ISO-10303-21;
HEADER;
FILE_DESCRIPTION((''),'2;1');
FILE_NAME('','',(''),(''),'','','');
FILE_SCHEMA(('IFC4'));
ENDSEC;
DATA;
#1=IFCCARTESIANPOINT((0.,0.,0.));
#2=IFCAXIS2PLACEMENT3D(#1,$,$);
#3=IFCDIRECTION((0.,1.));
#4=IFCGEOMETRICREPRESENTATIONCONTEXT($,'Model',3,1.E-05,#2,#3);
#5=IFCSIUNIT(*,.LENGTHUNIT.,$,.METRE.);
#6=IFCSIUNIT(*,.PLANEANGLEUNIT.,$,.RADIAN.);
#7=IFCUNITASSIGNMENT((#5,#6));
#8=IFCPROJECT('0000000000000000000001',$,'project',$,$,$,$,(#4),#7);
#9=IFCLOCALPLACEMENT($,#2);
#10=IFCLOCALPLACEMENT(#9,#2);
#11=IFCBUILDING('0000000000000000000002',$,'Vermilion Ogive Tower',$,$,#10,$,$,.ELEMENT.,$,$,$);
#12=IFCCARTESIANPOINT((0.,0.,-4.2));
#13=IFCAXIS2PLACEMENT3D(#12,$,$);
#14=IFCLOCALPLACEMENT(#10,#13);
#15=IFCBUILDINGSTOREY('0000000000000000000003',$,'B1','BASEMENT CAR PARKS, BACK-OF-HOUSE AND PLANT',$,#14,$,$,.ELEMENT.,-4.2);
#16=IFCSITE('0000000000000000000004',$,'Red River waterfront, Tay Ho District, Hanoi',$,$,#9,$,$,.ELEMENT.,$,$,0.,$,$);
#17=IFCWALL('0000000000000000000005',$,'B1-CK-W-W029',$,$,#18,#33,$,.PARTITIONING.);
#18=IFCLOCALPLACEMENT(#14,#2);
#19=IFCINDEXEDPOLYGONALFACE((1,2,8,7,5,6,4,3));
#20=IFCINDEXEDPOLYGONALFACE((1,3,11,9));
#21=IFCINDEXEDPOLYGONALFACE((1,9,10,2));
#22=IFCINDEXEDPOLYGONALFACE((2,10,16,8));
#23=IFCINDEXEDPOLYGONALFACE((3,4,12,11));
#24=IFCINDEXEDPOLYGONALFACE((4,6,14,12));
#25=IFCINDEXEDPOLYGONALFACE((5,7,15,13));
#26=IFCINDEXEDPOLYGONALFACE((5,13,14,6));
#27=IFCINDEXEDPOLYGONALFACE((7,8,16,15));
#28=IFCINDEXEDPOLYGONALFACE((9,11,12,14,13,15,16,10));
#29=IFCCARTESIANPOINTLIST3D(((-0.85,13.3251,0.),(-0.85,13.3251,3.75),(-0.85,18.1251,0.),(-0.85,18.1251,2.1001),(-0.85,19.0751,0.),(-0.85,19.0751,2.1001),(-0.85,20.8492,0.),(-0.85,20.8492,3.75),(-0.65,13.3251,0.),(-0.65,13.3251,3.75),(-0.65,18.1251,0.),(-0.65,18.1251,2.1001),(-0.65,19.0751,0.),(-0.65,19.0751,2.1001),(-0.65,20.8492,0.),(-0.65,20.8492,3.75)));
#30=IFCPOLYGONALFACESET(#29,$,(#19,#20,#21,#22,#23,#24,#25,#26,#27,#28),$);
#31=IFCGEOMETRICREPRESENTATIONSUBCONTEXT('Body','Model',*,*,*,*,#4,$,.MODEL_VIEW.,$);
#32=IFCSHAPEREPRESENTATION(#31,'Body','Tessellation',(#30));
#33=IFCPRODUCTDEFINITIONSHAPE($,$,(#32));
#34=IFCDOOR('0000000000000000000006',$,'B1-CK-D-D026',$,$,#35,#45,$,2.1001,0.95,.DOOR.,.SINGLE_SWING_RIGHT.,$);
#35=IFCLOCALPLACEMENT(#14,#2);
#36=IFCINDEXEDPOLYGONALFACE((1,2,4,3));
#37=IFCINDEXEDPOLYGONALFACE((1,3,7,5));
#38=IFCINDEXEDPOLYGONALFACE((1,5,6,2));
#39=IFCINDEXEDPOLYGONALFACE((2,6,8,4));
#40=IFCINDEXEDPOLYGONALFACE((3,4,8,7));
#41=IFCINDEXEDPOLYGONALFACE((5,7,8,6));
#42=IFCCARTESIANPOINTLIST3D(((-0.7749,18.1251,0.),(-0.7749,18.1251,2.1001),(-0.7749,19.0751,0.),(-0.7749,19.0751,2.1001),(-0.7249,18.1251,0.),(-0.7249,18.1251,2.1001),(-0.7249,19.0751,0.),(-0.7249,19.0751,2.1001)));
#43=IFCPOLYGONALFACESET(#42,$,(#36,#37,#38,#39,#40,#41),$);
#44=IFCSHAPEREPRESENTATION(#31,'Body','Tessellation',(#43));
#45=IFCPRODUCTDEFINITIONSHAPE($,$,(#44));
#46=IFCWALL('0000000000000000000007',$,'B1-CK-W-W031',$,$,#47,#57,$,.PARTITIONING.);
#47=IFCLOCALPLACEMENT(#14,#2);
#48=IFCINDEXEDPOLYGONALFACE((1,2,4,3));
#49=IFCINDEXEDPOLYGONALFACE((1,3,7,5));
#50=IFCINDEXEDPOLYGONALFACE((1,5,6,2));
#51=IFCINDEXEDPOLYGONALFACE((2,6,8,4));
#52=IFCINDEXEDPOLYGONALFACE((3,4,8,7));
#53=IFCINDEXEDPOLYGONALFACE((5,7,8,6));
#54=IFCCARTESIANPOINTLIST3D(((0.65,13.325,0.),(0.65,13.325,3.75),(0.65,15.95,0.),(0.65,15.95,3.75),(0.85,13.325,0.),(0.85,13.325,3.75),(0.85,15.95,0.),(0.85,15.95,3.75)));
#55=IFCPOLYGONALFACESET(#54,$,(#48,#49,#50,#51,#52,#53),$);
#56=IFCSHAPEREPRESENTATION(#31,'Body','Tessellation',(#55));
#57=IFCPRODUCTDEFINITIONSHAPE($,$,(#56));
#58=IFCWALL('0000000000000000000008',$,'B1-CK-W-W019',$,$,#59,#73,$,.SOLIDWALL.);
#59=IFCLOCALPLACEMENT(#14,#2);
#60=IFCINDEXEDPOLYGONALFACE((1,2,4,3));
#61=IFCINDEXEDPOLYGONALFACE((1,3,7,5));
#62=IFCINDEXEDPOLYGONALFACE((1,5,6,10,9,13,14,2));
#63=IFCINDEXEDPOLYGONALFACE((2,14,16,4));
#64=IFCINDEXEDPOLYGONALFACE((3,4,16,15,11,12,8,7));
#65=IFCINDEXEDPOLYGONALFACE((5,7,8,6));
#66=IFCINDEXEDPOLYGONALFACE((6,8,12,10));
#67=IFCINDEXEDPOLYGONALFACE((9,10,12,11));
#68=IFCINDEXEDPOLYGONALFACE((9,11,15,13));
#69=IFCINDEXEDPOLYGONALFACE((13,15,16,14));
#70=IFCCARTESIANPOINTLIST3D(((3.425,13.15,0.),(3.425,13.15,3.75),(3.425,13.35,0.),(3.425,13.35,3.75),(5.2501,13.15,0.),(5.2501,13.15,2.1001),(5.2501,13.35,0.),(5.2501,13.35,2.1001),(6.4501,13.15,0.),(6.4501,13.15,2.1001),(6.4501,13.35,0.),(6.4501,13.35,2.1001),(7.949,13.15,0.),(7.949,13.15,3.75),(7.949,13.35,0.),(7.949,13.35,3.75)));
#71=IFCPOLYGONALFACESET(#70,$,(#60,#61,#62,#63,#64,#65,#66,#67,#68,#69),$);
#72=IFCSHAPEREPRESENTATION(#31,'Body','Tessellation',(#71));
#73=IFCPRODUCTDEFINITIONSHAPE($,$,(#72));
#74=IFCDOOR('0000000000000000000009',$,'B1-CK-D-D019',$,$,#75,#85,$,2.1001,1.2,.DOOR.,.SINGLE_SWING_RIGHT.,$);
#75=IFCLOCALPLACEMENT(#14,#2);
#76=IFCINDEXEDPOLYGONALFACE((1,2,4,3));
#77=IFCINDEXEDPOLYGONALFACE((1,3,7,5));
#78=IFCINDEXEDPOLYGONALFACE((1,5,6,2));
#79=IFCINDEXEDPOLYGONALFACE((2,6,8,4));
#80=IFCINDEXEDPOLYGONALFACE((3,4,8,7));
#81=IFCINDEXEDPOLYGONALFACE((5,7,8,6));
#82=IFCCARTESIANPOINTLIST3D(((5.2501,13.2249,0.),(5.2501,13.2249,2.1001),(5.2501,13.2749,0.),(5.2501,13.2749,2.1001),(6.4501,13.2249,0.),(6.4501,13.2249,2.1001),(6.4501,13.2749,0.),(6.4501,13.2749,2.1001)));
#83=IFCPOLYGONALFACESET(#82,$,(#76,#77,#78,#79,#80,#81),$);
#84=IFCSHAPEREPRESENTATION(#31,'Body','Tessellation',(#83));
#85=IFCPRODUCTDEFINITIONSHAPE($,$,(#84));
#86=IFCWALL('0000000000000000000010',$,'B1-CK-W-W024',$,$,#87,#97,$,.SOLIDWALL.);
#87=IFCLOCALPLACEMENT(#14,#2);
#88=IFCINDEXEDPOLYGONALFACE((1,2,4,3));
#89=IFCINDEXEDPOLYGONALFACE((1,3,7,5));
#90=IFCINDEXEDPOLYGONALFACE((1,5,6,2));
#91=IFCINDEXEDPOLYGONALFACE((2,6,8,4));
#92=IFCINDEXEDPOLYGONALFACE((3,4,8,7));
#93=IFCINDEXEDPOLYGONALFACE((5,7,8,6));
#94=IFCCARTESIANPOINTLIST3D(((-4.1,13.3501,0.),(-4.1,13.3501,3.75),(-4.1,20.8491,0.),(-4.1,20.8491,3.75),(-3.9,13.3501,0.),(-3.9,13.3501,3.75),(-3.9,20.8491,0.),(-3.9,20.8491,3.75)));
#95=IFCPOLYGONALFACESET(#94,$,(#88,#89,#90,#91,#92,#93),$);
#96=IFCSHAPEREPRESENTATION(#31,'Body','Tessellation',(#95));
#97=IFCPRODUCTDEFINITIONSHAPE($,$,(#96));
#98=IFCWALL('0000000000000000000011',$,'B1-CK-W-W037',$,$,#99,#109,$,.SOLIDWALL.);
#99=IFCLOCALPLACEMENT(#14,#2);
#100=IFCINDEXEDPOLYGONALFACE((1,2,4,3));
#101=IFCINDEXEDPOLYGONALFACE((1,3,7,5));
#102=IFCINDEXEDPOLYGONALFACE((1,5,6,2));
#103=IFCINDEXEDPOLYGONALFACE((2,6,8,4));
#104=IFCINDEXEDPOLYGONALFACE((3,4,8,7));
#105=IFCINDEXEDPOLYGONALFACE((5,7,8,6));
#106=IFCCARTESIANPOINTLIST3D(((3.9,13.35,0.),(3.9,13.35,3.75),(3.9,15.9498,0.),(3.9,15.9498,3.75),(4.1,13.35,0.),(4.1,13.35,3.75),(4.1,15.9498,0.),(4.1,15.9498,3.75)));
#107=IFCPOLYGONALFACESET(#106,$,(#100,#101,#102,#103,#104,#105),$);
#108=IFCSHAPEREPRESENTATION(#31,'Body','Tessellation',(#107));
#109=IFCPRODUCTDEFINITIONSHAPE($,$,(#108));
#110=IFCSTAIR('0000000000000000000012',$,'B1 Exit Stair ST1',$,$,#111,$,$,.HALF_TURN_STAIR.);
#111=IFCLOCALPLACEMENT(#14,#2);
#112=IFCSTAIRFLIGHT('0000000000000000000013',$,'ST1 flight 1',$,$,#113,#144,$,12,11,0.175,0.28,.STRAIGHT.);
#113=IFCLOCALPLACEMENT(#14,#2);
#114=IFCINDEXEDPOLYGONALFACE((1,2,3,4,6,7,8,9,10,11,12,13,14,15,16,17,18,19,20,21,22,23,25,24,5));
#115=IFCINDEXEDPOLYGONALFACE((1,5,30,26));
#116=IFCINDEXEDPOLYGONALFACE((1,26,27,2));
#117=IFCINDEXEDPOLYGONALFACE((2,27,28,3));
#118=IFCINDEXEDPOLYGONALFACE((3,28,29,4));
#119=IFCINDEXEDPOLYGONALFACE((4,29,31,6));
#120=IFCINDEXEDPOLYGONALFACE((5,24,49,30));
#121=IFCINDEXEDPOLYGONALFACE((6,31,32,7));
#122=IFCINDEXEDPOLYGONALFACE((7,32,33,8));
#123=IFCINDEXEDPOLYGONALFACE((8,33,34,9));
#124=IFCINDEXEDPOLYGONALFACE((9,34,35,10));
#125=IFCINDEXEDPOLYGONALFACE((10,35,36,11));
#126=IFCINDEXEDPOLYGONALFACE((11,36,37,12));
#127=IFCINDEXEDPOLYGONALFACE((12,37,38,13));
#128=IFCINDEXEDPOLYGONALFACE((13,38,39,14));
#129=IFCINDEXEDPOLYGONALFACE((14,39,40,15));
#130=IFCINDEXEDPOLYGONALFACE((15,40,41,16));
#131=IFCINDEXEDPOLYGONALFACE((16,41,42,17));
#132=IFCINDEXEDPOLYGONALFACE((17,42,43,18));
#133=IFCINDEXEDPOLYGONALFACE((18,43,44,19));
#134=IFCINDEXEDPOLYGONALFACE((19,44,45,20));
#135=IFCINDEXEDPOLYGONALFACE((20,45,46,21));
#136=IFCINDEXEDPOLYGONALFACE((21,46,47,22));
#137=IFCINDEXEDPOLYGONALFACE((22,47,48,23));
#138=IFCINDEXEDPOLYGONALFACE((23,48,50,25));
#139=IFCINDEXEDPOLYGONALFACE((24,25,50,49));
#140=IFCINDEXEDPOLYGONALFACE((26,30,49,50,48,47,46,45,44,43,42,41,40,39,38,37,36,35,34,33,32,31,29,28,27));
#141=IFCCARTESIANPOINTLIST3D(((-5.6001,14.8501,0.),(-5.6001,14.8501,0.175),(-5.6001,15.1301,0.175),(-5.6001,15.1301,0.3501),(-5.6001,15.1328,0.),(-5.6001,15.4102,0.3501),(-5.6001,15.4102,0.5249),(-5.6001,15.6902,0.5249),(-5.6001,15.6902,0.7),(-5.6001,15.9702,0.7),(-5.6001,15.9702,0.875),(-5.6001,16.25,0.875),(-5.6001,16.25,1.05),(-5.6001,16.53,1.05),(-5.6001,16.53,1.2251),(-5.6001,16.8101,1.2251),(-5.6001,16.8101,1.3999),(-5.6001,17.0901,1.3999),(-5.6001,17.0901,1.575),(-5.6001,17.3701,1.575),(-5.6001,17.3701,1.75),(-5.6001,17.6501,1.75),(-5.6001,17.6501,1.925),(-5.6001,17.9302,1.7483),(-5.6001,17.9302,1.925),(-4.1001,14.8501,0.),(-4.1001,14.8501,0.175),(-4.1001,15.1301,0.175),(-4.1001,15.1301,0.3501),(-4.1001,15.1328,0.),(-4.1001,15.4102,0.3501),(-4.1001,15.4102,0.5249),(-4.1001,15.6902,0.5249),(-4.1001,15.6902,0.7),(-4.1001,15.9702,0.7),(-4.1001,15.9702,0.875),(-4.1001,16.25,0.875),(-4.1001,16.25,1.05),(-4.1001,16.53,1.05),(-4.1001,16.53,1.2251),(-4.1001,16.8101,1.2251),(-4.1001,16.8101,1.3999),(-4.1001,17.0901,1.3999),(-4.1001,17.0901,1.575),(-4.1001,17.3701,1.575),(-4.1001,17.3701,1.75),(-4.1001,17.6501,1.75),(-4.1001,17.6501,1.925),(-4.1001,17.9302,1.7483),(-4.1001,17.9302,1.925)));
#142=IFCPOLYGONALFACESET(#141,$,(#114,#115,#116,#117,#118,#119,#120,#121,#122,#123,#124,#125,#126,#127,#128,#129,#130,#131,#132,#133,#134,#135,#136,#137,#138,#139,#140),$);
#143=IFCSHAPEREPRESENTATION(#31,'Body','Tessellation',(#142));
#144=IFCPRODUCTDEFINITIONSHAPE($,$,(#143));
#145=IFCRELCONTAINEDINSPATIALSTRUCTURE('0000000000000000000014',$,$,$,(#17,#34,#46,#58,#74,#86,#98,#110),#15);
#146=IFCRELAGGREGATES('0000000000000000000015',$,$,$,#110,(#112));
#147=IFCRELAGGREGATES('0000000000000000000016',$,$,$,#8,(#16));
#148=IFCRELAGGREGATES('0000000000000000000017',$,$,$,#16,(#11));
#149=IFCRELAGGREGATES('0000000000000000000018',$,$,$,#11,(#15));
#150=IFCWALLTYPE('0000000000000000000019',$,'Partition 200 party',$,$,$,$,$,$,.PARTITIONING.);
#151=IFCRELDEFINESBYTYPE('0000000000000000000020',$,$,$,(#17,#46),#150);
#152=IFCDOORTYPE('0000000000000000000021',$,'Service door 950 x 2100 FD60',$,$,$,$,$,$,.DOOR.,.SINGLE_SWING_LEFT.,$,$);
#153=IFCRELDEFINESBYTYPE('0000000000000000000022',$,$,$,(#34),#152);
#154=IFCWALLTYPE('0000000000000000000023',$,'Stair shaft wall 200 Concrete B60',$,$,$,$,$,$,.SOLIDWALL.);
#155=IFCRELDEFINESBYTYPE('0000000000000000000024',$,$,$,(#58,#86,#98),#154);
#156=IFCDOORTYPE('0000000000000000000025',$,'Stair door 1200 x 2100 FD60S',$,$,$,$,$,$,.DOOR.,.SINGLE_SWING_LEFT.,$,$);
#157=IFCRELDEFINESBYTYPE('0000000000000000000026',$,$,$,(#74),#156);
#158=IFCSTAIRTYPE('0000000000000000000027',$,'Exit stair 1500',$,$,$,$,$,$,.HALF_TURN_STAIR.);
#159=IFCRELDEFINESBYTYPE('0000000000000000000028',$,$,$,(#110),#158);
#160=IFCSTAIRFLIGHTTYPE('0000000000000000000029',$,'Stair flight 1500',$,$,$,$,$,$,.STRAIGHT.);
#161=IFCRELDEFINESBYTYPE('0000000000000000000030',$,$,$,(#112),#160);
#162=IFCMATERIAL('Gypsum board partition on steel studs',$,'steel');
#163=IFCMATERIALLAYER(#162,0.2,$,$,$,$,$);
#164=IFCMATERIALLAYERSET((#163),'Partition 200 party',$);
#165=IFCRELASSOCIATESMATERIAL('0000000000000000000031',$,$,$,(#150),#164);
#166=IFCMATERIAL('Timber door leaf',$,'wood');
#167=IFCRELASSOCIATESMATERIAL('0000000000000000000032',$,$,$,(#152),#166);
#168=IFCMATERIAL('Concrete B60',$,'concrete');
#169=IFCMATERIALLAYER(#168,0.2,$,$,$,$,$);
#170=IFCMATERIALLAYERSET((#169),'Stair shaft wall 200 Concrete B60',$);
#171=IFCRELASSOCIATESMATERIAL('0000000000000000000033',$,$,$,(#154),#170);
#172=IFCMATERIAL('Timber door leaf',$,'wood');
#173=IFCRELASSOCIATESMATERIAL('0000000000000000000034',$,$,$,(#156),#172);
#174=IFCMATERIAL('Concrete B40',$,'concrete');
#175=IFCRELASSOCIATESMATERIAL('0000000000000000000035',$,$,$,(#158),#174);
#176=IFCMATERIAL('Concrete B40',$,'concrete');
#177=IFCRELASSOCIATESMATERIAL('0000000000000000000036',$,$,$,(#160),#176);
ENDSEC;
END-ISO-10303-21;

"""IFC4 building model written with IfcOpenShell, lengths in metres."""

from ifc_helpers import new_model, si_unit, direction, frame, frame_2d, origin, place, context, subcontext, project, spatial, polyline, rectangle, outline, extrude, material, layer, layer_set, type_object, element, fill, aggregate, save


model = new_model("IFC4")

# Units and contexts
model_context = context("Model", 3, precision=1e-05, world=origin(), true_north=direction((0.0, 1.0)))
body_context = subcontext(model_context, "Body", "Model", "MODEL_VIEW")
ifc_project = project(units=[si_unit("LENGTHUNIT", "METRE"), si_unit("PLANEANGLEUNIT", "RADIAN")], contexts=[model_context])

# Site, building, storey
site_placement = place(None, origin())
site = spatial("IfcSite", under=ifc_project, at=site_placement, Name="Red River waterfront, Tay Ho District, Hanoi", CompositionType="ELEMENT", RefElevation=0.0)
building_placement = place(site_placement, origin())
building = spatial("IfcBuilding", under=site, at=building_placement, Name="Vermilion Ogive Tower", CompositionType="ELEMENT")
storey_placement = place(building_placement, frame((0.0, 0.0, -4.2)))
storey = spatial("IfcBuildingStorey", under=building, at=storey_placement, Name="B1", Description="BASEMENT CAR PARKS, BACK-OF-HOUSE AND PLANT", CompositionType="ELEMENT", Elevation=-4.2)

# Wall, opening, door
ifc_material_1 = material(Name="Gypsum board partition on steel studs", Category="steel")
ifc_layer_1 = layer(ifc_material_1, 0.2)
ifc_layer_set_1 = layer_set([ifc_layer_1], Name="Partition 200 party")
wall_type_1 = type_object("IfcWallType", Name="Partition 200 party", PredefinedType="PARTITIONING", material=ifc_layer_set_1)
wall_1_placement = place(storey_placement, frame((-0.75, 13.325, 0.0), z_axis=(0.0, 0.0, 1.0), x_axis=(0.0, 1.0, 0.0)))
wall_1 = element("IfcWall", 1, at=wall_1_placement, inside=storey, type_object=wall_type_1, Name="B1-CK-W-W029", PredefinedType="PARTITIONING", context=body_context, shape_type="SweptSolid", body=[
    extrude(rectangle(XDim=7.5242, YDim=0.2, at=frame_2d((3.7622, 0.0))), origin(), (0.0, 0.0, 1.0), 3.75),
])
opening_1_placement = place(wall_1_placement, frame((4.8, 0.0, 0.0)))
opening_1 = element("IfcOpeningElement", 2, at=opening_1_placement, cuts=wall_1, PredefinedType="OPENING", context=body_context, shape_type="SweptSolid", body=[
    extrude(rectangle(XDim=0.95, YDim=2.1001, at=frame_2d((0.4751, 1.05))), frame((0.0, 0.1099, 0.0), z_axis=(0.0, -1.0, 0.0), x_axis=(1.0, 0.0, 0.0)), (0.0, 0.0, 1.0), 0.22),
])
ifc_material_2 = material(Name="Timber door leaf", Category="wood")
door_type_1 = type_object("IfcDoorType", Name="Service door 950 x 2100 FD60", OperationType="SINGLE_SWING_LEFT", PredefinedType="DOOR", material=ifc_material_2)
door_1_placement = place(opening_1_placement, origin())
door_1 = element("IfcDoor", 3, at=door_1_placement, inside=storey, type_object=door_type_1, Name="B1-CK-D-D026", OperationType="SINGLE_SWING_RIGHT", OverallHeight=2.1001, OverallWidth=0.95, PredefinedType="DOOR", context=body_context, shape_type="SweptSolid", body=[
    extrude(rectangle(XDim=0.95, YDim=2.1001, at=frame_2d((0.4751, 1.05))), frame((0.0, 0.0249, 0.0), z_axis=(0.0, -1.0, 0.0), x_axis=(1.0, 0.0, 0.0)), (0.0, 0.0, 1.0), 0.05),
])
fill(opening_1, door_1)

# Wall
wall_2_placement = place(storey_placement, frame((0.75, 13.325, 0.0), z_axis=(0.0, 0.0, 1.0), x_axis=(0.0, 1.0, 0.0)))
element("IfcWall", 4, at=wall_2_placement, inside=storey, type_object=wall_type_1, Name="B1-CK-W-W031", PredefinedType="PARTITIONING", context=body_context, shape_type="SweptSolid", body=[
    extrude(rectangle(XDim=2.625, YDim=0.2, at=frame_2d((1.3125, 0.0))), origin(), (0.0, 0.0, 1.0), 3.75),
])

# Wall, opening, door
ifc_material_3 = material(Name="Concrete B60", Category="concrete")
ifc_layer_2 = layer(ifc_material_3, 0.2)
ifc_layer_set_2 = layer_set([ifc_layer_2], Name="Stair shaft wall 200 Concrete B60")
wall_type_2 = type_object("IfcWallType", Name="Stair shaft wall 200 Concrete B60", PredefinedType="SOLIDWALL", material=ifc_layer_set_2)
wall_3_placement = place(storey_placement, frame((3.425, 13.25, 0.0), z_axis=(0.0, 0.0, 1.0), x_axis=(1.0, 0.0, 0.0)))
wall_3 = element("IfcWall", 5, at=wall_3_placement, inside=storey, type_object=wall_type_2, Name="B1-CK-W-W019", PredefinedType="SOLIDWALL", context=body_context, shape_type="SweptSolid", body=[
    extrude(rectangle(XDim=4.5239, YDim=0.2, at=frame_2d((2.262, 0.0))), origin(), (0.0, 0.0, 1.0), 3.75),
])
opening_2_placement = place(wall_3_placement, frame((1.825, 0.0, 0.0)))
opening_2 = element("IfcOpeningElement", 6, at=opening_2_placement, cuts=wall_3, PredefinedType="OPENING", context=body_context, shape_type="SweptSolid", body=[
    extrude(rectangle(XDim=1.2, YDim=2.1001, at=frame_2d((0.6001, 1.05))), frame((0.0, 0.1099, 0.0), z_axis=(0.0, -1.0, 0.0), x_axis=(1.0, 0.0, 0.0)), (0.0, 0.0, 1.0), 0.22),
])
ifc_material_4 = material(Name="Timber door leaf", Category="wood")
door_type_2 = type_object("IfcDoorType", Name="Stair door 1200 x 2100 FD60S", OperationType="SINGLE_SWING_LEFT", PredefinedType="DOOR", material=ifc_material_4)
door_2_placement = place(opening_2_placement, origin())
door_2 = element("IfcDoor", 7, at=door_2_placement, inside=storey, type_object=door_type_2, Name="B1-CK-D-D019", OperationType="SINGLE_SWING_RIGHT", OverallHeight=2.1001, OverallWidth=1.2, PredefinedType="DOOR", context=body_context, shape_type="SweptSolid", body=[
    extrude(rectangle(XDim=1.2, YDim=2.1001, at=frame_2d((0.6001, 1.05))), frame((0.0, 0.0249, 0.0), z_axis=(0.0, -1.0, 0.0), x_axis=(1.0, 0.0, 0.0)), (0.0, 0.0, 1.0), 0.05),
])
fill(opening_2, door_2)

# Walls
wall_4_placement = place(storey_placement, frame((-4.0, 13.3501, 0.0), z_axis=(0.0, 0.0, 1.0), x_axis=(0.0, 1.0, 0.0)))
element("IfcWall", 8, at=wall_4_placement, inside=storey, type_object=wall_type_2, Name="B1-CK-W-W024", PredefinedType="SOLIDWALL", context=body_context, shape_type="SweptSolid", body=[
    extrude(rectangle(XDim=7.499, YDim=0.2, at=frame_2d((3.7495, 0.0))), origin(), (0.0, 0.0, 1.0), 3.75),
])
wall_5_placement = place(storey_placement, frame((4.0, 13.3501, 0.0), z_axis=(0.0, 0.0, 1.0), x_axis=(0.0, 1.0, 0.0)))
element("IfcWall", 9, at=wall_5_placement, inside=storey, type_object=wall_type_2, Name="B1-CK-W-W037", PredefinedType="SOLIDWALL", context=body_context, shape_type="SweptSolid", body=[
    extrude(rectangle(XDim=2.5999, YDim=0.2, at=frame_2d((1.2998, 0.0))), origin(), (0.0, 0.0, 1.0), 3.75),
])

# Stair, stair flight
ifc_material_5 = material(Name="Concrete B40", Category="concrete")
stair_type = type_object("IfcStairType", Name="Exit stair 1500", PredefinedType="HALF_TURN_STAIR", material=ifc_material_5)
stair_placement = place(storey_placement, origin())
stair = element("IfcStair", 10, at=stair_placement, inside=storey, type_object=stair_type, Name="B1 Exit Stair ST1", PredefinedType="HALF_TURN_STAIR")
ifc_material_6 = material(Name="Concrete B40", Category="concrete")
stair_flight_type = type_object("IfcStairFlightType", Name="Stair flight 1500", PredefinedType="STRAIGHT", material=ifc_material_6)
stair_flight_placement = place(storey_placement, frame((-4.8501, 14.8501, 0.0), z_axis=(0.0, 0.0, 1.0), x_axis=(0.0, 1.0, 0.0)))
stair_flight = element("IfcStairFlight", 11, at=stair_flight_placement, type_object=stair_flight_type, Name="ST1 flight 1", NumberOfRisers=12, NumberOfTreads=11, PredefinedType="STRAIGHT", RiserHeight=0.175, TreadLength=0.28, context=body_context, shape_type="SweptSolid", body=[
    extrude(outline(polyline([(0.0, 0.0), (0.0, 0.175), (0.28, 0.175), (0.28, 0.3501), (0.5601, 0.3501), (0.5601, 0.5249), (0.8401, 0.5249), (0.8401, 0.7), (1.1201, 0.7), (1.1201, 0.875), (1.3999, 0.875), (1.3999, 1.05), (1.6799, 1.05), (1.6799, 1.2251), (1.96, 1.2251), (1.96, 1.3999), (2.24, 1.3999), (2.24, 1.575), (2.52, 1.575), (2.52, 1.75), (2.8, 1.75), (2.8, 1.925), (3.0801, 1.925), (3.0801, 2.1001), (3.0801, 1.7483), (0.2827, 0.0), (0.0, 0.0)])), frame((0.0, 0.75, 0.0), z_axis=(0.0, -1.0, 0.0), x_axis=(1.0, 0.0, 0.0)), (0.0, 0.0, 1.0), 1.5),
])
aggregate(stair, [stair_flight])

save(model, "model.ifc")
